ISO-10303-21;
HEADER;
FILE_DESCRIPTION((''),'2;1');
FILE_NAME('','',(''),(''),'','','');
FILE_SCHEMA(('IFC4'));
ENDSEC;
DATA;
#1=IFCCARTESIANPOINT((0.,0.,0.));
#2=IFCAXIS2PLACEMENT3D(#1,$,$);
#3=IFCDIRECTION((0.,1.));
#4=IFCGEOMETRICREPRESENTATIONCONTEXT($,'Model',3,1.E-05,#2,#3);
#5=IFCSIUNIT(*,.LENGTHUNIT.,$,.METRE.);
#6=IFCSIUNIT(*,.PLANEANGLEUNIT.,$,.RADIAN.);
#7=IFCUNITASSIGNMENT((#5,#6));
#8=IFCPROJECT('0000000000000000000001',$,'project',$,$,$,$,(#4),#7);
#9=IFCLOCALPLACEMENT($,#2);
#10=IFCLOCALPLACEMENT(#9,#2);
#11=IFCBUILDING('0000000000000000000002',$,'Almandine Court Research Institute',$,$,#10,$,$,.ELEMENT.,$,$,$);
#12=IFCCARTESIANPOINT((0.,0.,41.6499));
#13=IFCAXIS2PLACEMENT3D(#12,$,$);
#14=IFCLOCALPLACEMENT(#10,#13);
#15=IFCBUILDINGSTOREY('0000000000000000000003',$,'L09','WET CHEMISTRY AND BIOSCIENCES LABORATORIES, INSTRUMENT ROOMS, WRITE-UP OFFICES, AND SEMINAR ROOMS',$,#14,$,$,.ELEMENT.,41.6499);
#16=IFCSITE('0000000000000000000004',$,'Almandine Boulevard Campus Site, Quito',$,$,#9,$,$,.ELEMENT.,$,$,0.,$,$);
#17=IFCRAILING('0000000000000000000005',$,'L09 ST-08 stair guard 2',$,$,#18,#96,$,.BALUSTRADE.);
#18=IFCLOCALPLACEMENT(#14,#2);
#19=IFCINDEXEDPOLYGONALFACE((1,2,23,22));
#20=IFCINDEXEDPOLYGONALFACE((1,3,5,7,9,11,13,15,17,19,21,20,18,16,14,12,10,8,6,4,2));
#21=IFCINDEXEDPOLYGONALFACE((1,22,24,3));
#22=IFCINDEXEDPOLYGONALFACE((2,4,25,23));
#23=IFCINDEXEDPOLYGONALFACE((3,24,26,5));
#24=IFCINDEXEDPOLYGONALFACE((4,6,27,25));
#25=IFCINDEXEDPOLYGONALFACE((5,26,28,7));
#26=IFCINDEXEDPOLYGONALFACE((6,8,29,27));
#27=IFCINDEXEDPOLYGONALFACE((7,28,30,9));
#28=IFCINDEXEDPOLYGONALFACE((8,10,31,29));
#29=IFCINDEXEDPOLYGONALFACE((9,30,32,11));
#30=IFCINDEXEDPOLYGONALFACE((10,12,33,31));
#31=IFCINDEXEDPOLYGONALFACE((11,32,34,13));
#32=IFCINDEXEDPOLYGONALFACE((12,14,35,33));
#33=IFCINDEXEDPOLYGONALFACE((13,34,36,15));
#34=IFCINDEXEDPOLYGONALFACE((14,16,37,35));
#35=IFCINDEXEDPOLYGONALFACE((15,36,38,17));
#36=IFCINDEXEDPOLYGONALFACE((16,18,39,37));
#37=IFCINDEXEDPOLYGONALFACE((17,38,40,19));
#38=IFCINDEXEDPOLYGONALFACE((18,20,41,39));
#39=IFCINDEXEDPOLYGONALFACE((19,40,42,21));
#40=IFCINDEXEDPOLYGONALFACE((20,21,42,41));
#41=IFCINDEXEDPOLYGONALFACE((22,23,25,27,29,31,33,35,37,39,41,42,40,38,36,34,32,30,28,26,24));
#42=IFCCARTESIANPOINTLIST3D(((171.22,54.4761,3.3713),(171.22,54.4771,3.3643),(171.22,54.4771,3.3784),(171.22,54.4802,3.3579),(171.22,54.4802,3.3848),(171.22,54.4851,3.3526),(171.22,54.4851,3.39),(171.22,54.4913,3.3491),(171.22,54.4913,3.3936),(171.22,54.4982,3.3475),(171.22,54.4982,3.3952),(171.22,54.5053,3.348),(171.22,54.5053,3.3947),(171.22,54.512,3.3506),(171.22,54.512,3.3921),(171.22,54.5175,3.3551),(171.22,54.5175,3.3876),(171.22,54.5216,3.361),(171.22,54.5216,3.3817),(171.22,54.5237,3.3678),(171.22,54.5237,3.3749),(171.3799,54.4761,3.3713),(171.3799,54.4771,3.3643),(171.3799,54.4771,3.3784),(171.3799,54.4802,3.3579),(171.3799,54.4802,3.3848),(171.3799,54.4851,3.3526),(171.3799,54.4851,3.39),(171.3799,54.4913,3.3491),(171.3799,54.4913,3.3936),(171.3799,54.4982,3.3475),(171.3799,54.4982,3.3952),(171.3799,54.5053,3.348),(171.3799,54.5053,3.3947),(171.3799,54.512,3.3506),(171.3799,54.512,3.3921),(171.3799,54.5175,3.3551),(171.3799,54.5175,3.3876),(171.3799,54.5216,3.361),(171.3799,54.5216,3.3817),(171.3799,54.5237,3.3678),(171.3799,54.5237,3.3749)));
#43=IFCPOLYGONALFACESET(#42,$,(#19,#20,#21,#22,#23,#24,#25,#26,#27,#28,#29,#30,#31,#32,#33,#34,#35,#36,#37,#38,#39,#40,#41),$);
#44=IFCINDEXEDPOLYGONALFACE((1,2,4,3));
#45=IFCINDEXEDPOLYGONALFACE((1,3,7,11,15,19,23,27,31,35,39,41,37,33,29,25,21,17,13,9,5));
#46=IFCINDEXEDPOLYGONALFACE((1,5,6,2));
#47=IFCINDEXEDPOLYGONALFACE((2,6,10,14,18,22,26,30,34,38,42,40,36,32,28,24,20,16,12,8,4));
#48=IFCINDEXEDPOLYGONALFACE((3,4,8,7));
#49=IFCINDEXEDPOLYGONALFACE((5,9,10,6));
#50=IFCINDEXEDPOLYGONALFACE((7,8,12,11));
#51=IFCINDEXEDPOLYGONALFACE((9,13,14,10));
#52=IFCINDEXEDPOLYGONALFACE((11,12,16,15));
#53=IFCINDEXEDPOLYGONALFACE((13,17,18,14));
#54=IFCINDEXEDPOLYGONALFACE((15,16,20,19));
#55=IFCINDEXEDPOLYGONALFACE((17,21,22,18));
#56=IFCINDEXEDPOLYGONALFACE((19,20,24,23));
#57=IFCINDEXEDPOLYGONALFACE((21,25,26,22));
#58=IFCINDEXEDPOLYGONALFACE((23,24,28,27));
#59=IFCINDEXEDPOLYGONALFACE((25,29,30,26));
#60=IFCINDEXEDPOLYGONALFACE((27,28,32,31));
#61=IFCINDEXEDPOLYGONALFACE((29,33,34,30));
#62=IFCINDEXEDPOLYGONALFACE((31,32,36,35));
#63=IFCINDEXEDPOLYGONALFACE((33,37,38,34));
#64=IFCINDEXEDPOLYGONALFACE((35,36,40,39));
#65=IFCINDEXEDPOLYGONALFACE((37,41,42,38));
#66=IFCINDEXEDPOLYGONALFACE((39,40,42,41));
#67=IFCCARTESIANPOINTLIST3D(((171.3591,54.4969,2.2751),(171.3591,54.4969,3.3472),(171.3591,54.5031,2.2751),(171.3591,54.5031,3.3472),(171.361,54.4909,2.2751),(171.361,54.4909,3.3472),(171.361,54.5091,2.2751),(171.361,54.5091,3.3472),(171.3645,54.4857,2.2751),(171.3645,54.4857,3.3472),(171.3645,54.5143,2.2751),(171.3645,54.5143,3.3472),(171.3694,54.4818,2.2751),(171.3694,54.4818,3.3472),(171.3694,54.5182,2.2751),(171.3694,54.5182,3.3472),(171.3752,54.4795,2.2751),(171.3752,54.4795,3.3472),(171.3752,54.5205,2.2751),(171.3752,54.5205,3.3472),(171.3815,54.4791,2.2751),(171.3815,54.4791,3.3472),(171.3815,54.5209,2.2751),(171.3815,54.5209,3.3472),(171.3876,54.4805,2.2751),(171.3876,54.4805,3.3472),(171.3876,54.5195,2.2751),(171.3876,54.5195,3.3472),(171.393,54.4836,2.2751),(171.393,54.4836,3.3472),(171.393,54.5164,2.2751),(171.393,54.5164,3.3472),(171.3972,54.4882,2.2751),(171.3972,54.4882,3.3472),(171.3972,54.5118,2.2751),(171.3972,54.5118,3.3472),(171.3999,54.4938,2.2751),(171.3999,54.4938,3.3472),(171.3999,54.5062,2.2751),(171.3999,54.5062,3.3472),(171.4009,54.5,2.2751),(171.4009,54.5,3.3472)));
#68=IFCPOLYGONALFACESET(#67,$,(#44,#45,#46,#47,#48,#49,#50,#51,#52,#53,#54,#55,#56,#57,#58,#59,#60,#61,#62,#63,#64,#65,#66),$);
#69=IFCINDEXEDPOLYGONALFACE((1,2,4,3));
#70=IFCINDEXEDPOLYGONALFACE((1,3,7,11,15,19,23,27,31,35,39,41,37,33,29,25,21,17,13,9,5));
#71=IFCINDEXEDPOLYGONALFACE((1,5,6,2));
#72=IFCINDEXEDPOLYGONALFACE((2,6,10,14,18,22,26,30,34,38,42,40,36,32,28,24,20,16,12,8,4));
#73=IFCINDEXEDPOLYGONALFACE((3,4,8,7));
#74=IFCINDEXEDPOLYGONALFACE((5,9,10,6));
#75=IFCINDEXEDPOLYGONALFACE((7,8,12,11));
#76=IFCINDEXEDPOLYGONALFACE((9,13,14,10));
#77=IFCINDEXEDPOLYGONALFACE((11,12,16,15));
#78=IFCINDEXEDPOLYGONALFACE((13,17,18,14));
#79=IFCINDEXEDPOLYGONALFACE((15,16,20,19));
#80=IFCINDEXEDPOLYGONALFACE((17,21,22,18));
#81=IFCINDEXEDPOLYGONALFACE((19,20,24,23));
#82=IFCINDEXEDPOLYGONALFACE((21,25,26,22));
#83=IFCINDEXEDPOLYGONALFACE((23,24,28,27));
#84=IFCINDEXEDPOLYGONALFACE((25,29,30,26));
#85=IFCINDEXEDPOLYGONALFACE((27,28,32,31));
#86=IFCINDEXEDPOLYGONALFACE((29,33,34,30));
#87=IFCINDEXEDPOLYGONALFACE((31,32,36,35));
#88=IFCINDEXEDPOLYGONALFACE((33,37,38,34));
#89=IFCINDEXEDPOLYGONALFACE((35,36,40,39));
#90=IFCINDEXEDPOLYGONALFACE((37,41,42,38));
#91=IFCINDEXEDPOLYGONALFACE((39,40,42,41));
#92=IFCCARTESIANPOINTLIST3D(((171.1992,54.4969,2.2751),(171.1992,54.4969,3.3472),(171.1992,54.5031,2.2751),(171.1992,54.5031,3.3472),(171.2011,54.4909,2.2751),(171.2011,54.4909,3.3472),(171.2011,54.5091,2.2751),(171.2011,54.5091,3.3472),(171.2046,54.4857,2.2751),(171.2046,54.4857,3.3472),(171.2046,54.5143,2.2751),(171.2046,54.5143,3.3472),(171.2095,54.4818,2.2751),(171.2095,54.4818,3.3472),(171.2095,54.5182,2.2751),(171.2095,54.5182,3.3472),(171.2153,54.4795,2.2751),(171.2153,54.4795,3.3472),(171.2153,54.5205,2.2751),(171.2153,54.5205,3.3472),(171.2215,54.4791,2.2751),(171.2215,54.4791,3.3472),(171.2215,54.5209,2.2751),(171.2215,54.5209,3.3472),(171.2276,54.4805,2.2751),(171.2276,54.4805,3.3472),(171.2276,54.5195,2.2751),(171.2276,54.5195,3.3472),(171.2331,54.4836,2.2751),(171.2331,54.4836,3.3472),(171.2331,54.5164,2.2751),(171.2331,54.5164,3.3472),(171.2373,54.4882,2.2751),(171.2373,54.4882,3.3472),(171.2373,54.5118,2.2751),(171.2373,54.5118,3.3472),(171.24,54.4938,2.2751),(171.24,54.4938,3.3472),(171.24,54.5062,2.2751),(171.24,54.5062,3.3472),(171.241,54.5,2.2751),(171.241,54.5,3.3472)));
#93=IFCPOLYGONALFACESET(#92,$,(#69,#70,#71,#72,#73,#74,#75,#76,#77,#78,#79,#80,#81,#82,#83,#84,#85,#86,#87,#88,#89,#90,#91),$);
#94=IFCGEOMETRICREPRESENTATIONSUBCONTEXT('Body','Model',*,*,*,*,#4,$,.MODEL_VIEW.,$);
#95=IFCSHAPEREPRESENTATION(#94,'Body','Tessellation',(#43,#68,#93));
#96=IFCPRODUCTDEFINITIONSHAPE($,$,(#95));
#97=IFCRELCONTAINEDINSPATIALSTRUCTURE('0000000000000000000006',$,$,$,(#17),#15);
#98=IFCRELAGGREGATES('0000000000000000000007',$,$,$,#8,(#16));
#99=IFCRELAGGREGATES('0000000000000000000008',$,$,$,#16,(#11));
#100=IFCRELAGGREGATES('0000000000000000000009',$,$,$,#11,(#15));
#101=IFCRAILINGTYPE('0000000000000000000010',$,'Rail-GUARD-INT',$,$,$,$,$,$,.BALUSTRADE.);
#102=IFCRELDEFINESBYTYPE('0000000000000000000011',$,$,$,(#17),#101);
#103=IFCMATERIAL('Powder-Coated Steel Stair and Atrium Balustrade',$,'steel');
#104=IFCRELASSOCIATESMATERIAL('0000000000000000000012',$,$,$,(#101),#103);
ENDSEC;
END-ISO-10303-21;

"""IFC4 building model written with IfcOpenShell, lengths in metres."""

from ifc_helpers import new_model, si_unit, direction, frame, origin, origin_2d, place, context, subcontext, project, spatial, circle, extrude, material, type_object, element, save


model = new_model("IFC4")

# Units and contexts
model_context = context("Model", 3, precision=1e-05, world=origin(), true_north=direction((0.0, 1.0)))
body_context = subcontext(model_context, "Body", "Model", "MODEL_VIEW")
ifc_project = project(units=[si_unit("LENGTHUNIT", "METRE"), si_unit("PLANEANGLEUNIT", "RADIAN")], contexts=[model_context])

# Site, building, storey
site_placement = place(None, origin())
site = spatial("IfcSite", under=ifc_project, at=site_placement, Name="Almandine Boulevard Campus Site, Quito", CompositionType="ELEMENT", RefElevation=0.0)
building_placement = place(site_placement, origin())
building = spatial("IfcBuilding", under=site, at=building_placement, Name="Almandine Court Research Institute", CompositionType="ELEMENT")
storey_placement = place(building_placement, frame((0.0, 0.0, 41.6499)))
storey = spatial("IfcBuildingStorey", under=building, at=storey_placement, Name="L09", Description="WET CHEMISTRY AND BIOSCIENCES LABORATORIES, INSTRUMENT ROOMS, WRITE-UP OFFICES, AND SEMINAR ROOMS", CompositionType="ELEMENT", Elevation=41.6499)

# Railing
ifc_material_1 = material(Name="Powder-Coated Steel Stair and Atrium Balustrade", Category="steel")
railing_type_1 = type_object("IfcRailingType", Name="Rail-GUARD-INT", PredefinedType="BALUSTRADE", material=ifc_material_1)
railing_1_placement = place(storey_placement, frame((171.3799, 54.5, 2.2751)))
element("IfcRailing", 1, at=railing_1_placement, inside=storey, type_object=railing_type_1, Name="L09 ST-08 stair guard 2", PredefinedType="BALUSTRADE", context=body_context, shape_type="SweptSolid", body=[
    extrude(circle(Radius=0.0239, at=origin_2d()), frame((0.0, 0.0, 1.0962), z_axis=(-1.0, 0.0, 0.0), x_axis=(0.0, -1.0, 0.0)), (0.0, 0.0, 1.0), 0.1599),
    extrude(circle(Radius=0.021, at=origin_2d()), origin(), (0.0, 0.0, 1.0), 1.072),
    extrude(circle(Radius=0.021, at=origin_2d()), frame((-0.1599, 0.0, 0.0)), (0.0, 0.0, 1.0), 1.072),
])

save(model, "model.ifc")
